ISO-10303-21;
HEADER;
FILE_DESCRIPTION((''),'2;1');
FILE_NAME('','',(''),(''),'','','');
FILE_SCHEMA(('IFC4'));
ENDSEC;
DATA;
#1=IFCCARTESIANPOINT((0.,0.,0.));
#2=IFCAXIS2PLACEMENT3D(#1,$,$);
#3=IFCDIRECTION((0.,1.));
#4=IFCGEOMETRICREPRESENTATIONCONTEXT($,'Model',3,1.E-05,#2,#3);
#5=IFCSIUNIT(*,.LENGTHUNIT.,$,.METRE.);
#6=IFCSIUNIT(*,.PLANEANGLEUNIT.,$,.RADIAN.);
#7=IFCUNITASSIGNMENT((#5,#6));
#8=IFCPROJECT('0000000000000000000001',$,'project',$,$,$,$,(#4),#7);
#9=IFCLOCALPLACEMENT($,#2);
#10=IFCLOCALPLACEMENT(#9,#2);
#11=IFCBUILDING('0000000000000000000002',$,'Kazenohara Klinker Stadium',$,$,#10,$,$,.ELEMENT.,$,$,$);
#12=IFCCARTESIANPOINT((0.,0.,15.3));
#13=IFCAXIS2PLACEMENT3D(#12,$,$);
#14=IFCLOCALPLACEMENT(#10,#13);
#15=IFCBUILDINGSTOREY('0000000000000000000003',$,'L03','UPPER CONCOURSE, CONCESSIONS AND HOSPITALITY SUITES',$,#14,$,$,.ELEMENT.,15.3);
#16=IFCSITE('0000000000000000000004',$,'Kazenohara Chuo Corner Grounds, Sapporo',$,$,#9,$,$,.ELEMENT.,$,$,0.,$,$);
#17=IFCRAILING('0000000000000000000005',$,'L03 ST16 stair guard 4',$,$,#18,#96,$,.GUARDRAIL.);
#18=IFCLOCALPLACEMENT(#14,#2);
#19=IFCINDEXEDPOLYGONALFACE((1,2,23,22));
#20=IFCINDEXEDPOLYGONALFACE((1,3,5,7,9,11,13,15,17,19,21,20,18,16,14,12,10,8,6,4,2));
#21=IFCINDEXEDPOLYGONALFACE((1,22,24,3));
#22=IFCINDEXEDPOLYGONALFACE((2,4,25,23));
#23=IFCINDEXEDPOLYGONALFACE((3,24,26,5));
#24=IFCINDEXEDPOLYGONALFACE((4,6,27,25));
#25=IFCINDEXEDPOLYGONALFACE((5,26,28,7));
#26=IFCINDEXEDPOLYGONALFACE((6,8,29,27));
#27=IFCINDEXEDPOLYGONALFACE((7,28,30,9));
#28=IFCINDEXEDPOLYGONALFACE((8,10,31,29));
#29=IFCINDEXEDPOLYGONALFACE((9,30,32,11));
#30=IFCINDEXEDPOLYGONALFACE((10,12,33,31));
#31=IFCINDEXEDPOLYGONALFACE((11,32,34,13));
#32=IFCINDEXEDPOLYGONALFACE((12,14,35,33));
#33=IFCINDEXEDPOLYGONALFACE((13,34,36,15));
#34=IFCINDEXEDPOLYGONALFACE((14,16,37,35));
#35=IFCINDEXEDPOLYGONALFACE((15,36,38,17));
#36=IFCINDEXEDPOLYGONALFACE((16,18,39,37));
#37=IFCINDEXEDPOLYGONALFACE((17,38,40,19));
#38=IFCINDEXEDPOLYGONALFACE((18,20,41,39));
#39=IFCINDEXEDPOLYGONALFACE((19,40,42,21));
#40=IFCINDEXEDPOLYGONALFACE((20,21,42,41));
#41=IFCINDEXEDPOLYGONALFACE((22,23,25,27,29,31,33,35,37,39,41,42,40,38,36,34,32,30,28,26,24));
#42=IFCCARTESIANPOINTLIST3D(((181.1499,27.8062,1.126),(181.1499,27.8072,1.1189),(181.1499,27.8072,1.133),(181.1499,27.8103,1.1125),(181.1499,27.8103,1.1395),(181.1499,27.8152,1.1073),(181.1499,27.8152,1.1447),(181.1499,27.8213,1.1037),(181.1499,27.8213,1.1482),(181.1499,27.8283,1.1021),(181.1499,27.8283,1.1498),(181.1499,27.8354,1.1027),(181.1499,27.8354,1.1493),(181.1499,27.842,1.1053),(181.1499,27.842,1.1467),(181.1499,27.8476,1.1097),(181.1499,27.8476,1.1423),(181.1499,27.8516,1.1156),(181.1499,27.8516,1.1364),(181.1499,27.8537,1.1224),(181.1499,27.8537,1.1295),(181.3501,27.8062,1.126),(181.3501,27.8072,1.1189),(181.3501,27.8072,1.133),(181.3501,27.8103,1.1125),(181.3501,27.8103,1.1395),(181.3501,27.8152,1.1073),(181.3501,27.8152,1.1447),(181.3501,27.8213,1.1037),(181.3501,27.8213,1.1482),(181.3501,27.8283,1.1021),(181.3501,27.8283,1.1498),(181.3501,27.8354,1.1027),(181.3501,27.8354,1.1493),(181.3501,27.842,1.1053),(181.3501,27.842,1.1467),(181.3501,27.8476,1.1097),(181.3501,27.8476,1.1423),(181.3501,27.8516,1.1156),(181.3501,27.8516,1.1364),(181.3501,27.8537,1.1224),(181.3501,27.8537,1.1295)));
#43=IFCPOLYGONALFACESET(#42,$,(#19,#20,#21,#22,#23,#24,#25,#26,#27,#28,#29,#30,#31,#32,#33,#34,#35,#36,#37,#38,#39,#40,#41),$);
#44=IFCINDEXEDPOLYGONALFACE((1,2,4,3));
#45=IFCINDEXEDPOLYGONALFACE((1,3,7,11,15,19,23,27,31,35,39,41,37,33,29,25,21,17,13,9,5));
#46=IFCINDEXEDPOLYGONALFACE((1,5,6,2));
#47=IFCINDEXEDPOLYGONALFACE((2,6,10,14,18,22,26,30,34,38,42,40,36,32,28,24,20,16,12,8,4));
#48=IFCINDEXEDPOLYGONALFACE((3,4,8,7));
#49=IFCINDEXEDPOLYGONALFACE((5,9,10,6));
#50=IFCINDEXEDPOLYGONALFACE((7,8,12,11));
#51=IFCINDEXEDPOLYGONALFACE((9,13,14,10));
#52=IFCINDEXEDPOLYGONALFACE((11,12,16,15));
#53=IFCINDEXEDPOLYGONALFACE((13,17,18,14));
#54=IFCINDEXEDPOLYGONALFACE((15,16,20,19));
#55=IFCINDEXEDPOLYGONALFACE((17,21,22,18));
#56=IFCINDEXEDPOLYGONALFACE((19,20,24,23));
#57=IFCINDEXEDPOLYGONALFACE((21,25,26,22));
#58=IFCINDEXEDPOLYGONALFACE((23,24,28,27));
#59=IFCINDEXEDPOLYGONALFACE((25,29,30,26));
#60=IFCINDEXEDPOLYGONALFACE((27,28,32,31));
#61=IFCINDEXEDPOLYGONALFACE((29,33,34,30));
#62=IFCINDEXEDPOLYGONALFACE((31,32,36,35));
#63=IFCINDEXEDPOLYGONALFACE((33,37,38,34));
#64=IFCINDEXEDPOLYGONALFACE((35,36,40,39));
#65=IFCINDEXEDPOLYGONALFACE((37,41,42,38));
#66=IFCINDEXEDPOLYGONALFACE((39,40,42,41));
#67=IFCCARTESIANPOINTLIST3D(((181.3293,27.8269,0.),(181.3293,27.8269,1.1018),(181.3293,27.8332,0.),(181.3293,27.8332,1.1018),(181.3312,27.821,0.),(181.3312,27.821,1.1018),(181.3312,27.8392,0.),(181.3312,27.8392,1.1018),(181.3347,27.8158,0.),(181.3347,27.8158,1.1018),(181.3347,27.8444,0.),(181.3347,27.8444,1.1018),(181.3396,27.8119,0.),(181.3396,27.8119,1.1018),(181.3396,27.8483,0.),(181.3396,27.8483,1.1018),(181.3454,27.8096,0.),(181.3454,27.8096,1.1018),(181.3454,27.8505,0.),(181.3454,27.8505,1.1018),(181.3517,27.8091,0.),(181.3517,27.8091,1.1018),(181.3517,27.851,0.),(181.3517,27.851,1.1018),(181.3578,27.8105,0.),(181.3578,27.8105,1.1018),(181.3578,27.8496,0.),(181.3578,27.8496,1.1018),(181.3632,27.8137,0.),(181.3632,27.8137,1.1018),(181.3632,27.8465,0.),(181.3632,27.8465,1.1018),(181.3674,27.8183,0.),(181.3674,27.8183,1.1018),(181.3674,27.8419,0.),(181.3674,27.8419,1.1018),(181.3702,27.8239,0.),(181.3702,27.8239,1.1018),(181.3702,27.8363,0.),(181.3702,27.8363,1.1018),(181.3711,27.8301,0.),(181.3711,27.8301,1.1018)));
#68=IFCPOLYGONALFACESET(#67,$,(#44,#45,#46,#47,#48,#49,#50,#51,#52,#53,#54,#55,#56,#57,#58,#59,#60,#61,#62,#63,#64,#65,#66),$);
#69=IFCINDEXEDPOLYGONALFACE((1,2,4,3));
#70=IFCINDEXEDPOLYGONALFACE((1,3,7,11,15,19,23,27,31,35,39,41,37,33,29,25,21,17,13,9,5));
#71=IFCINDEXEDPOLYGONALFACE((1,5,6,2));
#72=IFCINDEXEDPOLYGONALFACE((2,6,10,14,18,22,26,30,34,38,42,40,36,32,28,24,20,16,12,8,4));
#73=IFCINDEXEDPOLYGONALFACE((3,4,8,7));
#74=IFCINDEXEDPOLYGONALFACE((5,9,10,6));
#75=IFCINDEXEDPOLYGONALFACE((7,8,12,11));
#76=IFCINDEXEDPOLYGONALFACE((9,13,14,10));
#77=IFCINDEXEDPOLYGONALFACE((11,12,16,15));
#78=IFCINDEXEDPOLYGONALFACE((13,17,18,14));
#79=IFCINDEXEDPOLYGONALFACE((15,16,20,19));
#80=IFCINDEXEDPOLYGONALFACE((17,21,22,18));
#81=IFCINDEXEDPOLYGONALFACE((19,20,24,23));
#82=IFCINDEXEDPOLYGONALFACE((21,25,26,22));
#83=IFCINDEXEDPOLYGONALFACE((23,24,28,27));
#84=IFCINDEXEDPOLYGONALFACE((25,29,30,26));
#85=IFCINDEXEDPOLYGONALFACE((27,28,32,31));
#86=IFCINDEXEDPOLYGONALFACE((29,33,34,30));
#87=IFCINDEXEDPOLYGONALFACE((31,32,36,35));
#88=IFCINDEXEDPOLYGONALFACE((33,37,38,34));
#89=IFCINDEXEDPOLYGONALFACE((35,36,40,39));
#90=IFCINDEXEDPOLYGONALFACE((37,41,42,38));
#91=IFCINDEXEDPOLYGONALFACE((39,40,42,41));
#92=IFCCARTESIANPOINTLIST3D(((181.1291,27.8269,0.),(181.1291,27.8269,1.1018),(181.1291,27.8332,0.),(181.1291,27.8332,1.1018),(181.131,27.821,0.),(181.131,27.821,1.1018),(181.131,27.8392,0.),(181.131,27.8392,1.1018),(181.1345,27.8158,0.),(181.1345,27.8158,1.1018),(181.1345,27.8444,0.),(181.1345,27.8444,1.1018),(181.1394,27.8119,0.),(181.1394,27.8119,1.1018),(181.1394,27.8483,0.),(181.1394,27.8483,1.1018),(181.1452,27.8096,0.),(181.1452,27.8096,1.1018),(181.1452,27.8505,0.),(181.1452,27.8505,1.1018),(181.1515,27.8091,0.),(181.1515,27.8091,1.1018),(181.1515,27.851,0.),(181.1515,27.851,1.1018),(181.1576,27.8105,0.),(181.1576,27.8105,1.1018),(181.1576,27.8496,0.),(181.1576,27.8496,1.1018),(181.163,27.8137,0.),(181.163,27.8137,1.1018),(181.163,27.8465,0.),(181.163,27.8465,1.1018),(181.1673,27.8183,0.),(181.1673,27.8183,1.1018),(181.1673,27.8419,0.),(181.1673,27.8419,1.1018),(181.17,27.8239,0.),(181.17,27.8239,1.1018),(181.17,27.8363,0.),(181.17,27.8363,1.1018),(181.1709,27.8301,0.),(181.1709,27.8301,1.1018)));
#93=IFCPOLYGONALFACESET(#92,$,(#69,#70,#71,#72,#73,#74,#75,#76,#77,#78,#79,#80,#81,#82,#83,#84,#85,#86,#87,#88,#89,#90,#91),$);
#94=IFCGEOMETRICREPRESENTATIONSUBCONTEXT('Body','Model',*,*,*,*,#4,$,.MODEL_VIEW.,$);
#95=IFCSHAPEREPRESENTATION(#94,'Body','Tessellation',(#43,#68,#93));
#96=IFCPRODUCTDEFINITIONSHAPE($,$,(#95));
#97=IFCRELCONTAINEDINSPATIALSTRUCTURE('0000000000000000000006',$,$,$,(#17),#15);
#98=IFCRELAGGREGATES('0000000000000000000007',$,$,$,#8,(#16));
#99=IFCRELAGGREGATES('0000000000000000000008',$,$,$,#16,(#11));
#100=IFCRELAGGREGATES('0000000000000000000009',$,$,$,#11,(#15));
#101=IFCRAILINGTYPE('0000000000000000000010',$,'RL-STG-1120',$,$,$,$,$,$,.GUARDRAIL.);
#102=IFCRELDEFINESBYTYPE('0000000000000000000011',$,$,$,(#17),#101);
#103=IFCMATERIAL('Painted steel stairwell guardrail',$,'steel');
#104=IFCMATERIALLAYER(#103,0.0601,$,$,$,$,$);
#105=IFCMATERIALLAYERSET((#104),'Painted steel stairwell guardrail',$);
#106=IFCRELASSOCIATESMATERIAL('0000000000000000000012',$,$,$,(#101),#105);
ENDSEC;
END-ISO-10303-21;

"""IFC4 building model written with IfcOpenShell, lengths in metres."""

from ifc_helpers import new_model, si_unit, direction, frame, origin, origin_2d, place, context, subcontext, project, spatial, circle, extrude, material, layer, layer_set, type_object, element, save


model = new_model("IFC4")

# Units and contexts
model_context = context("Model", 3, precision=1e-05, world=origin(), true_north=direction((0.0, 1.0)))
body_context = subcontext(model_context, "Body", "Model", "MODEL_VIEW")
ifc_project = project(units=[si_unit("LENGTHUNIT", "METRE"), si_unit("PLANEANGLEUNIT", "RADIAN")], contexts=[model_context])

# Site, building, storey
site_placement = place(None, origin())
site = spatial("IfcSite", under=ifc_project, at=site_placement, Name="Kazenohara Chuo Corner Grounds, Sapporo", CompositionType="ELEMENT", RefElevation=0.0)
building_placement = place(site_placement, origin())
building = spatial("IfcBuilding", under=site, at=building_placement, Name="Kazenohara Klinker Stadium", CompositionType="ELEMENT")
storey_placement = place(building_placement, frame((0.0, 0.0, 15.3)))
storey = spatial("IfcBuildingStorey", under=building, at=storey_placement, Name="L03", Description="UPPER CONCOURSE, CONCESSIONS AND HOSPITALITY SUITES", CompositionType="ELEMENT", Elevation=15.3)

# Railing
ifc_material_1 = material(Name="Painted steel stairwell guardrail", Category="steel")
ifc_layer_1 = layer(ifc_material_1, 0.0601)
ifc_layer_set_1 = layer_set([ifc_layer_1], Name="Painted steel stairwell guardrail")
railing_type = type_object("IfcRailingType", Name="RL-STG-1120", PredefinedType="GUARDRAIL", material=ifc_layer_set_1)
railing_1_placement = place(storey_placement, frame((181.3501, 27.8301, 0.0)))
element("IfcRailing", 1, at=railing_1_placement, inside=storey, type_object=railing_type, Name="L03 ST16 stair guard 4", PredefinedType="GUARDRAIL", context=body_context, shape_type="SweptSolid", body=[
    extrude(circle(Radius=0.0239, at=origin_2d()), frame((0.0, 0.0, 1.126), z_axis=(-1.0, 0.0, 0.0), x_axis=(0.0, -1.0, 0.0)), (0.0, 0.0, 1.0), 0.2002),
    extrude(circle(Radius=0.021, at=origin_2d()), origin(), (0.0, 0.0, 1.0), 1.1018),
    extrude(circle(Radius=0.021, at=origin_2d()), frame((-0.2002, 0.0, 0.0)), (0.0, 0.0, 1.0), 1.1018),
])

save(model, "model.ifc")
